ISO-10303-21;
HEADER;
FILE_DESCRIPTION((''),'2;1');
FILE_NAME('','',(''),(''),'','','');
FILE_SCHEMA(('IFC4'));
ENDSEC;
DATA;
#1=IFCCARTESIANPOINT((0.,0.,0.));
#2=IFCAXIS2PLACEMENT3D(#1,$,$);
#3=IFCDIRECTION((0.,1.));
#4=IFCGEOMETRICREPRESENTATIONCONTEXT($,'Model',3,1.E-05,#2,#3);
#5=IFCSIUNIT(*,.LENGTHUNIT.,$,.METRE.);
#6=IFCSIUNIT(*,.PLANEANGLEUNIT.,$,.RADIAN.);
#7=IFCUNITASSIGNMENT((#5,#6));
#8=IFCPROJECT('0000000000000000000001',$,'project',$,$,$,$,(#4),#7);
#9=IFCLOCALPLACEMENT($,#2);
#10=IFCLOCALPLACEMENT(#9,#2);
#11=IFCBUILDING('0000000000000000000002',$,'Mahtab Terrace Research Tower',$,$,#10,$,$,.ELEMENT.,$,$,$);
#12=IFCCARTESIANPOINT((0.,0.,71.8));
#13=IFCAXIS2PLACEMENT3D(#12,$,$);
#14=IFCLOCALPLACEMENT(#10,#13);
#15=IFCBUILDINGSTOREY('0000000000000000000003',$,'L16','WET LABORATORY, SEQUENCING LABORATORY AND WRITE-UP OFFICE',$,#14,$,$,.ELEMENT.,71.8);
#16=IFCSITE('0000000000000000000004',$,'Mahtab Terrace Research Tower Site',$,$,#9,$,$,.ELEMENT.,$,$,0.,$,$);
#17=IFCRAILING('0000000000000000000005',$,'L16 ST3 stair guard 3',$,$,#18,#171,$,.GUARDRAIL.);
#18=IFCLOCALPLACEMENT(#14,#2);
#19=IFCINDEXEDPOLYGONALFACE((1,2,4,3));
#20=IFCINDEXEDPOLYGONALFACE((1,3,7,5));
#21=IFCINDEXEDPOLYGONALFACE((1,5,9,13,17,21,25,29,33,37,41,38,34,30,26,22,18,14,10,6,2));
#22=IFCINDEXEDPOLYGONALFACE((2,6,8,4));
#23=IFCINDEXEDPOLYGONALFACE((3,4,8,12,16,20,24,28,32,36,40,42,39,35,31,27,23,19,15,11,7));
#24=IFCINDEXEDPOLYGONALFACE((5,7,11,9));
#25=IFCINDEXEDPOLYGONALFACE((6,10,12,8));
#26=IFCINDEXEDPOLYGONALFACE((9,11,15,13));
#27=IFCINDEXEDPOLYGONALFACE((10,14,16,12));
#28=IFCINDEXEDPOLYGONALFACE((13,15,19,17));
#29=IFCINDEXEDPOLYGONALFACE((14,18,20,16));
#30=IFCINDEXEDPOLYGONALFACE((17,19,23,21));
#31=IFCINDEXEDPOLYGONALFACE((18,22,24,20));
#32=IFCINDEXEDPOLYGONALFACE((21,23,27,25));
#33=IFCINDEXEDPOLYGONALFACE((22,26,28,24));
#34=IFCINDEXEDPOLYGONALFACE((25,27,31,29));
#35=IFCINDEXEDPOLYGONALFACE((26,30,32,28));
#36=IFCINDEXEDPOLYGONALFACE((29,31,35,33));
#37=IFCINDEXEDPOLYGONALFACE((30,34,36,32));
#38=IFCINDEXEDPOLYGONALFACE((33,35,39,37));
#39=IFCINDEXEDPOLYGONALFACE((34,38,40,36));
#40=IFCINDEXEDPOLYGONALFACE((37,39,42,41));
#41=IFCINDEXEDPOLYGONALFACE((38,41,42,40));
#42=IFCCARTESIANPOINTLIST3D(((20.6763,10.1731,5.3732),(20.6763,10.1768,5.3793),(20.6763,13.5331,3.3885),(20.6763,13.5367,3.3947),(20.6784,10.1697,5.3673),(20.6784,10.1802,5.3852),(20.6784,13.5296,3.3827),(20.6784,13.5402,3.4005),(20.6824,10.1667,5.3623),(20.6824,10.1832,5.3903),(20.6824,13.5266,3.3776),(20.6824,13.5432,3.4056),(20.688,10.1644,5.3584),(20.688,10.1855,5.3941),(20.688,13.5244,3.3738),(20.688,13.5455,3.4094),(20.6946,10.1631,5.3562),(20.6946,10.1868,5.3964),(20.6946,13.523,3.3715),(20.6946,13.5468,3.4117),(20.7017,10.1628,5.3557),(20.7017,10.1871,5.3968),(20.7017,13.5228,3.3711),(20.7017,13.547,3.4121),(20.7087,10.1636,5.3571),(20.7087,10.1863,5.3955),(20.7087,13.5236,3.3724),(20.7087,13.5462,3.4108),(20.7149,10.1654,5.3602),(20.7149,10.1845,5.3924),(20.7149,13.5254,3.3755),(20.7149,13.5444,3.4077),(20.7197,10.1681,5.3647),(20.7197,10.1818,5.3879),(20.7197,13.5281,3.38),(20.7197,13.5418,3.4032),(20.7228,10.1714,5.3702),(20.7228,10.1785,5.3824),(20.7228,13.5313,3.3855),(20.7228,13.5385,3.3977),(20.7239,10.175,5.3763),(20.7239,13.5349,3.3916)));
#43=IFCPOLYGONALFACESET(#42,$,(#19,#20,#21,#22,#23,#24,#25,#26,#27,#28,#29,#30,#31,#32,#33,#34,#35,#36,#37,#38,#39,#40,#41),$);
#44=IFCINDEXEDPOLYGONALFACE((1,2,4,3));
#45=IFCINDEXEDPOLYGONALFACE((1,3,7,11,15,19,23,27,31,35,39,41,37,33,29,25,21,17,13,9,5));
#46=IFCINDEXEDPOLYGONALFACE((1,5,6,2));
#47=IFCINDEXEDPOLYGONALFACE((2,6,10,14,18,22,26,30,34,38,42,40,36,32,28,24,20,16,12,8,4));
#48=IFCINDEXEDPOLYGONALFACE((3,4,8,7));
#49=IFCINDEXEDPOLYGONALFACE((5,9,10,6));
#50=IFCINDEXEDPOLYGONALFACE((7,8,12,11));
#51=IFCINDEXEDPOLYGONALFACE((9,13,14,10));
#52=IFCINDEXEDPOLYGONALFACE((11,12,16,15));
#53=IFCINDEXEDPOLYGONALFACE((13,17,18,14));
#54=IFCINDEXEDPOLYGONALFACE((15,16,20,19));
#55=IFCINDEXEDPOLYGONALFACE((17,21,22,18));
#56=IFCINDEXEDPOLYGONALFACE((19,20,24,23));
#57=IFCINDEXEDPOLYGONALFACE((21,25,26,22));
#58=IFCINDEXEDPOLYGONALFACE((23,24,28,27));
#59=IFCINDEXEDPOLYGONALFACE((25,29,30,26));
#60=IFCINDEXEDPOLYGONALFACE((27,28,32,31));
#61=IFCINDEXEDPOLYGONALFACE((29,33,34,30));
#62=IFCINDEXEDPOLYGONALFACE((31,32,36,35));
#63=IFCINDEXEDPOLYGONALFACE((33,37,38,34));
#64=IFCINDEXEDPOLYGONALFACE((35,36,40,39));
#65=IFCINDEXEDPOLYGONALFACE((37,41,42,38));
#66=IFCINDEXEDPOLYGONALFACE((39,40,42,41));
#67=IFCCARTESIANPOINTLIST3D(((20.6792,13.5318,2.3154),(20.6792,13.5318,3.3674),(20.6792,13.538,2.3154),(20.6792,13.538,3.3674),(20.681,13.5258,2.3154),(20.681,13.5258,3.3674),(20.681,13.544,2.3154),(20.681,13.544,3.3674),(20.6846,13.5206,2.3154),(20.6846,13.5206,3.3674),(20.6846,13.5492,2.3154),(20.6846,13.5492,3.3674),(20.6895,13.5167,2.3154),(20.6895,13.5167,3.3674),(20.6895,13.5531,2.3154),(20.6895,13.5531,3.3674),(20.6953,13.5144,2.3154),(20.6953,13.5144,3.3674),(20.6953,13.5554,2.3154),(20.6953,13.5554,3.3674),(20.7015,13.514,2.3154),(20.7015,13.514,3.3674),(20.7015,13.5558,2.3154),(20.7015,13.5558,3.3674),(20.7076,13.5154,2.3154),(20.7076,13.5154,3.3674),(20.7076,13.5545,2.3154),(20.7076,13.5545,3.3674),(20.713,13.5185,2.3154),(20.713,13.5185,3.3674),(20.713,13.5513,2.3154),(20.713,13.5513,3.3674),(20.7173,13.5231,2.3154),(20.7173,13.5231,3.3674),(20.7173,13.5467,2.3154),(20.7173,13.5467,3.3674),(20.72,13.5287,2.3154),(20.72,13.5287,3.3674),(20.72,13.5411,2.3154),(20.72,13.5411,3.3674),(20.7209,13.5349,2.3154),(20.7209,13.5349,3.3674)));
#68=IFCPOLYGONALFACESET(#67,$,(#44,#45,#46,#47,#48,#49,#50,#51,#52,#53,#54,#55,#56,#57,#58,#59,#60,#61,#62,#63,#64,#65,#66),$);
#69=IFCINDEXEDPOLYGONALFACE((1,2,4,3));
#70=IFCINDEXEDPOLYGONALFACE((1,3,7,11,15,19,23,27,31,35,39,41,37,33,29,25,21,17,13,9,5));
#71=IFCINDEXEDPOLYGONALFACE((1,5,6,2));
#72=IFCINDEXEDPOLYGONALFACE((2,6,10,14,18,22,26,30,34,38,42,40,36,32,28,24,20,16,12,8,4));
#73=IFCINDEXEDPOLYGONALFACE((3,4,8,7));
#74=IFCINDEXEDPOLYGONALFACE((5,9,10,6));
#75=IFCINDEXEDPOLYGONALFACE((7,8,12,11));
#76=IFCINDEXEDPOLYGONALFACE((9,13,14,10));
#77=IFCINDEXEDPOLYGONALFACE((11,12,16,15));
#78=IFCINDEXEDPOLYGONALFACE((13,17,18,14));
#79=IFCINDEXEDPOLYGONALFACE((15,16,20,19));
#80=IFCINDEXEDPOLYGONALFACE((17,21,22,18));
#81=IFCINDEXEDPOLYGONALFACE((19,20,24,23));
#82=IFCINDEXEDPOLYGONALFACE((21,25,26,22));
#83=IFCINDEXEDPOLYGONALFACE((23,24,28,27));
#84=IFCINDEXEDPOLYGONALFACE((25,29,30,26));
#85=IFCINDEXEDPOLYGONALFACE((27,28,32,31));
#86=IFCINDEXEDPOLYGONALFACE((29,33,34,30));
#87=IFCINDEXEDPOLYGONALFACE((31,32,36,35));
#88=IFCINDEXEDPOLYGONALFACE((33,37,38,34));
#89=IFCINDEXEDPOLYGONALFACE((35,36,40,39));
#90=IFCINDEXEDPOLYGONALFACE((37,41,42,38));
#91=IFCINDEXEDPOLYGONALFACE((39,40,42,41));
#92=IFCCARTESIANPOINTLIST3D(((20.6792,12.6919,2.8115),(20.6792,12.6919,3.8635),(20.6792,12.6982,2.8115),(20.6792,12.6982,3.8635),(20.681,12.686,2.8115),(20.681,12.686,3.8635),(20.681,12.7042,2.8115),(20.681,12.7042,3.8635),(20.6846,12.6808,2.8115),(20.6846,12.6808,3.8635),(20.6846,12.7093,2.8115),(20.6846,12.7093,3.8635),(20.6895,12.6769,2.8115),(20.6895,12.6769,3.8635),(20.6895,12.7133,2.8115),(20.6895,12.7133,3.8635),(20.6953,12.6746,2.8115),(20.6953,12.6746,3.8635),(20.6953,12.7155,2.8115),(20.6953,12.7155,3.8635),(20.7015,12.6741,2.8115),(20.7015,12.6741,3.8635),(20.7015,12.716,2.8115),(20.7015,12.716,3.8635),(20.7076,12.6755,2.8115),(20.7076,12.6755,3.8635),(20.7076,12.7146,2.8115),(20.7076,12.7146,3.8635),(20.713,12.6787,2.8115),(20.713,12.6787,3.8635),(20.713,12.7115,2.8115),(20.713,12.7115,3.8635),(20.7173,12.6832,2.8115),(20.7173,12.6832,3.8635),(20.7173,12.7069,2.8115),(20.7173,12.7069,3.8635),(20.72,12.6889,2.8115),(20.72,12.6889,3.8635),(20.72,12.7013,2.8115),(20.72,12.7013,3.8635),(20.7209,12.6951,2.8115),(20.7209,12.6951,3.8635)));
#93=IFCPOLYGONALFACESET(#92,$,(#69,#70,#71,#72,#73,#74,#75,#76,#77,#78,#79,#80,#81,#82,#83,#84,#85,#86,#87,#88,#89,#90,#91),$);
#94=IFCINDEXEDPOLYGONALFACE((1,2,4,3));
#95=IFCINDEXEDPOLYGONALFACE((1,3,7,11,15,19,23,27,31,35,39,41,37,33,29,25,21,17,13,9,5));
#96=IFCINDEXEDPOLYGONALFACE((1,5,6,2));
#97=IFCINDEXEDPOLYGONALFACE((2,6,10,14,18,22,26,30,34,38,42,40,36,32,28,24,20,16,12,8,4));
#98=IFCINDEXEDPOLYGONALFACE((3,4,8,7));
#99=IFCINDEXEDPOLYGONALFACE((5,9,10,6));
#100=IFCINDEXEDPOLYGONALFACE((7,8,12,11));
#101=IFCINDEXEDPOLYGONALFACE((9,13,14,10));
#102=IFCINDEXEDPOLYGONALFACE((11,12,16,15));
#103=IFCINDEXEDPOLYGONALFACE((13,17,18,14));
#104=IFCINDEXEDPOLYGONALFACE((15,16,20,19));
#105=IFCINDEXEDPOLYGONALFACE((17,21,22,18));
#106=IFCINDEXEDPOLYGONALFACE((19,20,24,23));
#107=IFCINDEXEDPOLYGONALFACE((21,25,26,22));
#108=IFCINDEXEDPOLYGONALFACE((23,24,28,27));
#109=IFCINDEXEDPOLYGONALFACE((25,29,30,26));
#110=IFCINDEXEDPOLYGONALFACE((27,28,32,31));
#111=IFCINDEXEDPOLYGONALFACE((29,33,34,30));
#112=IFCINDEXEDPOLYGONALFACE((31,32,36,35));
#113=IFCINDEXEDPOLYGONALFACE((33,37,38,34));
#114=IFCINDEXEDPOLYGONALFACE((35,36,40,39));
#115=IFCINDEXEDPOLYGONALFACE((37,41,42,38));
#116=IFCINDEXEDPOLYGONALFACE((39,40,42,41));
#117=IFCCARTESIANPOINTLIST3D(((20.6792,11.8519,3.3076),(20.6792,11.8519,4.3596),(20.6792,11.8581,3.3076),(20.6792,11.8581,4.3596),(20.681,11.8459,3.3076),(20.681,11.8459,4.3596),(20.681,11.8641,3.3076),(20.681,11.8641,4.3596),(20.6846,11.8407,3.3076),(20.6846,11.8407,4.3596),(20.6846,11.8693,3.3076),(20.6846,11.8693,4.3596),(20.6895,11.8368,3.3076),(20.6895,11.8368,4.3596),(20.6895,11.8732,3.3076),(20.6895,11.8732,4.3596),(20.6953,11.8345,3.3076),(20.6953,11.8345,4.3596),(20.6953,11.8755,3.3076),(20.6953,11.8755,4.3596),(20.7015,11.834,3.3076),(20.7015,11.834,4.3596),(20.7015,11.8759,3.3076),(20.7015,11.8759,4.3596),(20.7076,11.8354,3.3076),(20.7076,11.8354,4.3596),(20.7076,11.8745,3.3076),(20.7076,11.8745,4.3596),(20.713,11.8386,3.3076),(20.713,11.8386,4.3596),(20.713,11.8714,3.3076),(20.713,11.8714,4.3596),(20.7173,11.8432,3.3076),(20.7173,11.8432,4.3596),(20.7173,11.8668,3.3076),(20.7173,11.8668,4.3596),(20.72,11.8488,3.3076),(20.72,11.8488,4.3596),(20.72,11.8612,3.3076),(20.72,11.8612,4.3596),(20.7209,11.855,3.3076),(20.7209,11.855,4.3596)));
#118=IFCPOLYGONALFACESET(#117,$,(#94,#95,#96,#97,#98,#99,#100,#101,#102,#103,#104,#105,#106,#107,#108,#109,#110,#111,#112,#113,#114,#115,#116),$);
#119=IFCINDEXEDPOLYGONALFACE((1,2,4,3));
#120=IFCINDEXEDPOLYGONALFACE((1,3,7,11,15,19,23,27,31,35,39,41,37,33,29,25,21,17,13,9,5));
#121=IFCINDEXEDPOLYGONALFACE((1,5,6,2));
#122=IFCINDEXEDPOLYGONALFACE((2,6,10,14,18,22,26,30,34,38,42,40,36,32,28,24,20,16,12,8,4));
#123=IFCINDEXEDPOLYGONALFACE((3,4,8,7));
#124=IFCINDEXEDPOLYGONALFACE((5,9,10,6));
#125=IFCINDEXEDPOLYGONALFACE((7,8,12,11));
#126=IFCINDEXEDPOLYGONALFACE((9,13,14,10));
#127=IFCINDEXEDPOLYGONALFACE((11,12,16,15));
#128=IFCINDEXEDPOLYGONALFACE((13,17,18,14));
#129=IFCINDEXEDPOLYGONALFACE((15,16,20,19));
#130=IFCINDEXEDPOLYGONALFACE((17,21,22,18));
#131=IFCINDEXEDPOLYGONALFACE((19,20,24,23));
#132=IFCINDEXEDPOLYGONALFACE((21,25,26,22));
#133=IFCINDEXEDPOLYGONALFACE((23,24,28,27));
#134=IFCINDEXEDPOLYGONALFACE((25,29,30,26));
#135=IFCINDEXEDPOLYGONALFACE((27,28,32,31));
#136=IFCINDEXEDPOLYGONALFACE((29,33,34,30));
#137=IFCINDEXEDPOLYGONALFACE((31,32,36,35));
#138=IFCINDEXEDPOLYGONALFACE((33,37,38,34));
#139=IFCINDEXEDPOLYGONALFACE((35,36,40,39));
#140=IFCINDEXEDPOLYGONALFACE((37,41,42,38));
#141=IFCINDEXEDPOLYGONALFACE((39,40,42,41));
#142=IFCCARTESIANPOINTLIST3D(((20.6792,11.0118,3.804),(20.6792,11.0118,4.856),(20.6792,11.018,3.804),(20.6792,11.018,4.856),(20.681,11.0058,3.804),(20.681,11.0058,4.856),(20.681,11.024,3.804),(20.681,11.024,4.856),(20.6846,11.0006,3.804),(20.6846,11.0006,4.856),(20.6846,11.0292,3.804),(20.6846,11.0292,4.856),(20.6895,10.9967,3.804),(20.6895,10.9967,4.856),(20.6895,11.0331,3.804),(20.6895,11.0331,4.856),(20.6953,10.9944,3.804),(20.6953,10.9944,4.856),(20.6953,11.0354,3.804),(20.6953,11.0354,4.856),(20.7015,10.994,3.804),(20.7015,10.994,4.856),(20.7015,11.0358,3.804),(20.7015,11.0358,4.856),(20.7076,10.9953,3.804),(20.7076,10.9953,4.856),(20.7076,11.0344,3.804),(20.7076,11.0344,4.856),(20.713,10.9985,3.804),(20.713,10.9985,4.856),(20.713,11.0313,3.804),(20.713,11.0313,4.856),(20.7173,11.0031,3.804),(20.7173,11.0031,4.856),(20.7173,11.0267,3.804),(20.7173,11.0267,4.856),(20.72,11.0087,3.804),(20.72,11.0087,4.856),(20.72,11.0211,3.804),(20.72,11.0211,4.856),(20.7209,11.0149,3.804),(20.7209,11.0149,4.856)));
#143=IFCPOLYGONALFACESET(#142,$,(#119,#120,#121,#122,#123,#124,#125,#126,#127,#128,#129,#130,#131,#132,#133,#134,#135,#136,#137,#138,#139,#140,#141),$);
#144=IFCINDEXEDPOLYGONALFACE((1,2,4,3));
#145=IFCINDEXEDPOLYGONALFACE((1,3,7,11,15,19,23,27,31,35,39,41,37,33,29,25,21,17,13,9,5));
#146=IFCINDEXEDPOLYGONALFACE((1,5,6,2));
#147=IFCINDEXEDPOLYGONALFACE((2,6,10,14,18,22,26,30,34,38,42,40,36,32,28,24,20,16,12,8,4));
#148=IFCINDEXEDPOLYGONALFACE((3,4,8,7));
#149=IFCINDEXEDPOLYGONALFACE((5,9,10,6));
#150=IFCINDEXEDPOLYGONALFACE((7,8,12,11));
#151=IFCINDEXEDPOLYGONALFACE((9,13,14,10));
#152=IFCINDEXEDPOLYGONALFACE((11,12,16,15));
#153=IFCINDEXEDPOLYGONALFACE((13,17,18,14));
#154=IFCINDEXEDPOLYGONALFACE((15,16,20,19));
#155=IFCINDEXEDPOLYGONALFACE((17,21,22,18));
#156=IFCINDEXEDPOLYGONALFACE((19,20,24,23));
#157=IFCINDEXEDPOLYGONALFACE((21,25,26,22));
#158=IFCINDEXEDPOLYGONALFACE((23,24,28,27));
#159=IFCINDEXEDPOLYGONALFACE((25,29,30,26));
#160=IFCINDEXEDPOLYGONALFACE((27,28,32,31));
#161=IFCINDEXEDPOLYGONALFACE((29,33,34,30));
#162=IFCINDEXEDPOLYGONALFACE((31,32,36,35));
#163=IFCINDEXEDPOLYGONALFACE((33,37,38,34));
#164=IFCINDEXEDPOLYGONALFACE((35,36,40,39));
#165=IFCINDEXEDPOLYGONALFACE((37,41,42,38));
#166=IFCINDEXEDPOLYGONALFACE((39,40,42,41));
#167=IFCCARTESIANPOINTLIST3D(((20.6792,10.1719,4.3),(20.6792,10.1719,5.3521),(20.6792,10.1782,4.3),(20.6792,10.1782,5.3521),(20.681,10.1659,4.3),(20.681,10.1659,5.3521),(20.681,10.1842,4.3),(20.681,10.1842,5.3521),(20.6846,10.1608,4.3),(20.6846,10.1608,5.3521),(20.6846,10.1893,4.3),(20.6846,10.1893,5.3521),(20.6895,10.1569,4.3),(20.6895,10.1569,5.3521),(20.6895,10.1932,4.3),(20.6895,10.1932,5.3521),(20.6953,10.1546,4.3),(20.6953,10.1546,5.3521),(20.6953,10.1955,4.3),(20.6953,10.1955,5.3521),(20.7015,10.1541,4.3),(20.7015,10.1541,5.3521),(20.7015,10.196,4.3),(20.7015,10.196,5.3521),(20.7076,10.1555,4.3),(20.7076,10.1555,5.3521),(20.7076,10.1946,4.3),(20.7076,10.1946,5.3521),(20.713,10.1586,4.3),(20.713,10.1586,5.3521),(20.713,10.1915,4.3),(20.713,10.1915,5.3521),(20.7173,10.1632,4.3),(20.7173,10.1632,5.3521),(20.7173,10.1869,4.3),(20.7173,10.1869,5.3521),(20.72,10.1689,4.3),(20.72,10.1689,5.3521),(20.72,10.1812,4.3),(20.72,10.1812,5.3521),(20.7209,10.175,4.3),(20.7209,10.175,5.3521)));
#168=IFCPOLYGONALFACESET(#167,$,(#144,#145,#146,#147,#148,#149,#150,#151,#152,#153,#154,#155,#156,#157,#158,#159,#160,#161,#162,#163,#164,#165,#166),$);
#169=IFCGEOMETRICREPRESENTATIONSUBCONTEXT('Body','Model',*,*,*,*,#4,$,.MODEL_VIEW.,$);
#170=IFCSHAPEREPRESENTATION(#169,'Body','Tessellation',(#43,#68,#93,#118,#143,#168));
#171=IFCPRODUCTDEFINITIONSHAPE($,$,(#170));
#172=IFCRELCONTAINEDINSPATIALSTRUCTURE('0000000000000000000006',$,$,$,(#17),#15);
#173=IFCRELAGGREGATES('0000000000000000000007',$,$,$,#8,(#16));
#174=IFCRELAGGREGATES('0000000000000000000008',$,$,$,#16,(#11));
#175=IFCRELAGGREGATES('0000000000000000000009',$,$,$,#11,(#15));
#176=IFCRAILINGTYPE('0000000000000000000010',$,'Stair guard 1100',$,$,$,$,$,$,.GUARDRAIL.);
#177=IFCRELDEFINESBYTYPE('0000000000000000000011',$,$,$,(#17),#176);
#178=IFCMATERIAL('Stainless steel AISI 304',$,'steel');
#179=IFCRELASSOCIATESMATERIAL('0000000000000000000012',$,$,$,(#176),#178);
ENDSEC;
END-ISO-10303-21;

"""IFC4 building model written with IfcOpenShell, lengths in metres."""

from ifc_helpers import new_model, si_unit, direction, frame, origin, origin_2d, place, context, subcontext, project, spatial, circle, extrude, material, type_object, element, save


model = new_model("IFC4")

# Units and contexts
model_context = context("Model", 3, precision=1e-05, world=origin(), true_north=direction((0.0, 1.0)))
body_context = subcontext(model_context, "Body", "Model", "MODEL_VIEW")
ifc_project = project(units=[si_unit("LENGTHUNIT", "METRE"), si_unit("PLANEANGLEUNIT", "RADIAN")], contexts=[model_context])

# Site, building, storey
site_placement = place(None, origin())
site = spatial("IfcSite", under=ifc_project, at=site_placement, Name="Mahtab Terrace Research Tower Site", CompositionType="ELEMENT", RefElevation=0.0)
building_placement = place(site_placement, origin())
building = spatial("IfcBuilding", under=site, at=building_placement, Name="Mahtab Terrace Research Tower", CompositionType="ELEMENT")
storey_placement = place(building_placement, frame((0.0, 0.0, 71.8)))
storey = spatial("IfcBuildingStorey", under=building, at=storey_placement, Name="L16", Description="WET LABORATORY, SEQUENCING LABORATORY AND WRITE-UP OFFICE", CompositionType="ELEMENT", Elevation=71.8)

# Railing
ifc_material_1 = material(Name="Stainless steel AISI 304", Category="steel")
railing_type_1 = type_object("IfcRailingType", Name="Stair guard 1100", PredefinedType="GUARDRAIL", material=ifc_material_1)
railing_1_placement = place(storey_placement, frame((20.7, 13.5349, 2.3154)))
element("IfcRailing", 1, at=railing_1_placement, inside=storey, type_object=railing_type_1, Name="L16 ST3 stair guard 3", PredefinedType="GUARDRAIL", context=body_context, shape_type="SweptSolid", body=[
    extrude(circle(Radius=0.0239, at=origin_2d()), frame((0.0, 0.0, 1.0762), z_axis=(0.0, -0.861011, 0.508586), x_axis=(1.0, 0.0, 0.0)), (0.0, 0.0, 1.0), 3.9023),
    extrude(circle(Radius=0.021, at=origin_2d()), origin(), (0.0, 0.0, 1.0), 1.052),
    extrude(circle(Radius=0.021, at=origin_2d()), frame((0.0, -0.8398, 0.4961)), (0.0, 0.0, 1.0), 1.052),
    extrude(circle(Radius=0.021, at=origin_2d()), frame((0.0, -1.6799, 0.9922)), (0.0, 0.0, 1.0), 1.052),
    extrude(circle(Radius=0.021, at=origin_2d()), frame((0.0, -2.52, 1.4885)), (0.0, 0.0, 1.0), 1.052),
    extrude(circle(Radius=0.021, at=origin_2d()), frame((0.0, -3.3599, 1.9846)), (0.0, 0.0, 1.0), 1.052),
])

save(model, "model.ifc")
